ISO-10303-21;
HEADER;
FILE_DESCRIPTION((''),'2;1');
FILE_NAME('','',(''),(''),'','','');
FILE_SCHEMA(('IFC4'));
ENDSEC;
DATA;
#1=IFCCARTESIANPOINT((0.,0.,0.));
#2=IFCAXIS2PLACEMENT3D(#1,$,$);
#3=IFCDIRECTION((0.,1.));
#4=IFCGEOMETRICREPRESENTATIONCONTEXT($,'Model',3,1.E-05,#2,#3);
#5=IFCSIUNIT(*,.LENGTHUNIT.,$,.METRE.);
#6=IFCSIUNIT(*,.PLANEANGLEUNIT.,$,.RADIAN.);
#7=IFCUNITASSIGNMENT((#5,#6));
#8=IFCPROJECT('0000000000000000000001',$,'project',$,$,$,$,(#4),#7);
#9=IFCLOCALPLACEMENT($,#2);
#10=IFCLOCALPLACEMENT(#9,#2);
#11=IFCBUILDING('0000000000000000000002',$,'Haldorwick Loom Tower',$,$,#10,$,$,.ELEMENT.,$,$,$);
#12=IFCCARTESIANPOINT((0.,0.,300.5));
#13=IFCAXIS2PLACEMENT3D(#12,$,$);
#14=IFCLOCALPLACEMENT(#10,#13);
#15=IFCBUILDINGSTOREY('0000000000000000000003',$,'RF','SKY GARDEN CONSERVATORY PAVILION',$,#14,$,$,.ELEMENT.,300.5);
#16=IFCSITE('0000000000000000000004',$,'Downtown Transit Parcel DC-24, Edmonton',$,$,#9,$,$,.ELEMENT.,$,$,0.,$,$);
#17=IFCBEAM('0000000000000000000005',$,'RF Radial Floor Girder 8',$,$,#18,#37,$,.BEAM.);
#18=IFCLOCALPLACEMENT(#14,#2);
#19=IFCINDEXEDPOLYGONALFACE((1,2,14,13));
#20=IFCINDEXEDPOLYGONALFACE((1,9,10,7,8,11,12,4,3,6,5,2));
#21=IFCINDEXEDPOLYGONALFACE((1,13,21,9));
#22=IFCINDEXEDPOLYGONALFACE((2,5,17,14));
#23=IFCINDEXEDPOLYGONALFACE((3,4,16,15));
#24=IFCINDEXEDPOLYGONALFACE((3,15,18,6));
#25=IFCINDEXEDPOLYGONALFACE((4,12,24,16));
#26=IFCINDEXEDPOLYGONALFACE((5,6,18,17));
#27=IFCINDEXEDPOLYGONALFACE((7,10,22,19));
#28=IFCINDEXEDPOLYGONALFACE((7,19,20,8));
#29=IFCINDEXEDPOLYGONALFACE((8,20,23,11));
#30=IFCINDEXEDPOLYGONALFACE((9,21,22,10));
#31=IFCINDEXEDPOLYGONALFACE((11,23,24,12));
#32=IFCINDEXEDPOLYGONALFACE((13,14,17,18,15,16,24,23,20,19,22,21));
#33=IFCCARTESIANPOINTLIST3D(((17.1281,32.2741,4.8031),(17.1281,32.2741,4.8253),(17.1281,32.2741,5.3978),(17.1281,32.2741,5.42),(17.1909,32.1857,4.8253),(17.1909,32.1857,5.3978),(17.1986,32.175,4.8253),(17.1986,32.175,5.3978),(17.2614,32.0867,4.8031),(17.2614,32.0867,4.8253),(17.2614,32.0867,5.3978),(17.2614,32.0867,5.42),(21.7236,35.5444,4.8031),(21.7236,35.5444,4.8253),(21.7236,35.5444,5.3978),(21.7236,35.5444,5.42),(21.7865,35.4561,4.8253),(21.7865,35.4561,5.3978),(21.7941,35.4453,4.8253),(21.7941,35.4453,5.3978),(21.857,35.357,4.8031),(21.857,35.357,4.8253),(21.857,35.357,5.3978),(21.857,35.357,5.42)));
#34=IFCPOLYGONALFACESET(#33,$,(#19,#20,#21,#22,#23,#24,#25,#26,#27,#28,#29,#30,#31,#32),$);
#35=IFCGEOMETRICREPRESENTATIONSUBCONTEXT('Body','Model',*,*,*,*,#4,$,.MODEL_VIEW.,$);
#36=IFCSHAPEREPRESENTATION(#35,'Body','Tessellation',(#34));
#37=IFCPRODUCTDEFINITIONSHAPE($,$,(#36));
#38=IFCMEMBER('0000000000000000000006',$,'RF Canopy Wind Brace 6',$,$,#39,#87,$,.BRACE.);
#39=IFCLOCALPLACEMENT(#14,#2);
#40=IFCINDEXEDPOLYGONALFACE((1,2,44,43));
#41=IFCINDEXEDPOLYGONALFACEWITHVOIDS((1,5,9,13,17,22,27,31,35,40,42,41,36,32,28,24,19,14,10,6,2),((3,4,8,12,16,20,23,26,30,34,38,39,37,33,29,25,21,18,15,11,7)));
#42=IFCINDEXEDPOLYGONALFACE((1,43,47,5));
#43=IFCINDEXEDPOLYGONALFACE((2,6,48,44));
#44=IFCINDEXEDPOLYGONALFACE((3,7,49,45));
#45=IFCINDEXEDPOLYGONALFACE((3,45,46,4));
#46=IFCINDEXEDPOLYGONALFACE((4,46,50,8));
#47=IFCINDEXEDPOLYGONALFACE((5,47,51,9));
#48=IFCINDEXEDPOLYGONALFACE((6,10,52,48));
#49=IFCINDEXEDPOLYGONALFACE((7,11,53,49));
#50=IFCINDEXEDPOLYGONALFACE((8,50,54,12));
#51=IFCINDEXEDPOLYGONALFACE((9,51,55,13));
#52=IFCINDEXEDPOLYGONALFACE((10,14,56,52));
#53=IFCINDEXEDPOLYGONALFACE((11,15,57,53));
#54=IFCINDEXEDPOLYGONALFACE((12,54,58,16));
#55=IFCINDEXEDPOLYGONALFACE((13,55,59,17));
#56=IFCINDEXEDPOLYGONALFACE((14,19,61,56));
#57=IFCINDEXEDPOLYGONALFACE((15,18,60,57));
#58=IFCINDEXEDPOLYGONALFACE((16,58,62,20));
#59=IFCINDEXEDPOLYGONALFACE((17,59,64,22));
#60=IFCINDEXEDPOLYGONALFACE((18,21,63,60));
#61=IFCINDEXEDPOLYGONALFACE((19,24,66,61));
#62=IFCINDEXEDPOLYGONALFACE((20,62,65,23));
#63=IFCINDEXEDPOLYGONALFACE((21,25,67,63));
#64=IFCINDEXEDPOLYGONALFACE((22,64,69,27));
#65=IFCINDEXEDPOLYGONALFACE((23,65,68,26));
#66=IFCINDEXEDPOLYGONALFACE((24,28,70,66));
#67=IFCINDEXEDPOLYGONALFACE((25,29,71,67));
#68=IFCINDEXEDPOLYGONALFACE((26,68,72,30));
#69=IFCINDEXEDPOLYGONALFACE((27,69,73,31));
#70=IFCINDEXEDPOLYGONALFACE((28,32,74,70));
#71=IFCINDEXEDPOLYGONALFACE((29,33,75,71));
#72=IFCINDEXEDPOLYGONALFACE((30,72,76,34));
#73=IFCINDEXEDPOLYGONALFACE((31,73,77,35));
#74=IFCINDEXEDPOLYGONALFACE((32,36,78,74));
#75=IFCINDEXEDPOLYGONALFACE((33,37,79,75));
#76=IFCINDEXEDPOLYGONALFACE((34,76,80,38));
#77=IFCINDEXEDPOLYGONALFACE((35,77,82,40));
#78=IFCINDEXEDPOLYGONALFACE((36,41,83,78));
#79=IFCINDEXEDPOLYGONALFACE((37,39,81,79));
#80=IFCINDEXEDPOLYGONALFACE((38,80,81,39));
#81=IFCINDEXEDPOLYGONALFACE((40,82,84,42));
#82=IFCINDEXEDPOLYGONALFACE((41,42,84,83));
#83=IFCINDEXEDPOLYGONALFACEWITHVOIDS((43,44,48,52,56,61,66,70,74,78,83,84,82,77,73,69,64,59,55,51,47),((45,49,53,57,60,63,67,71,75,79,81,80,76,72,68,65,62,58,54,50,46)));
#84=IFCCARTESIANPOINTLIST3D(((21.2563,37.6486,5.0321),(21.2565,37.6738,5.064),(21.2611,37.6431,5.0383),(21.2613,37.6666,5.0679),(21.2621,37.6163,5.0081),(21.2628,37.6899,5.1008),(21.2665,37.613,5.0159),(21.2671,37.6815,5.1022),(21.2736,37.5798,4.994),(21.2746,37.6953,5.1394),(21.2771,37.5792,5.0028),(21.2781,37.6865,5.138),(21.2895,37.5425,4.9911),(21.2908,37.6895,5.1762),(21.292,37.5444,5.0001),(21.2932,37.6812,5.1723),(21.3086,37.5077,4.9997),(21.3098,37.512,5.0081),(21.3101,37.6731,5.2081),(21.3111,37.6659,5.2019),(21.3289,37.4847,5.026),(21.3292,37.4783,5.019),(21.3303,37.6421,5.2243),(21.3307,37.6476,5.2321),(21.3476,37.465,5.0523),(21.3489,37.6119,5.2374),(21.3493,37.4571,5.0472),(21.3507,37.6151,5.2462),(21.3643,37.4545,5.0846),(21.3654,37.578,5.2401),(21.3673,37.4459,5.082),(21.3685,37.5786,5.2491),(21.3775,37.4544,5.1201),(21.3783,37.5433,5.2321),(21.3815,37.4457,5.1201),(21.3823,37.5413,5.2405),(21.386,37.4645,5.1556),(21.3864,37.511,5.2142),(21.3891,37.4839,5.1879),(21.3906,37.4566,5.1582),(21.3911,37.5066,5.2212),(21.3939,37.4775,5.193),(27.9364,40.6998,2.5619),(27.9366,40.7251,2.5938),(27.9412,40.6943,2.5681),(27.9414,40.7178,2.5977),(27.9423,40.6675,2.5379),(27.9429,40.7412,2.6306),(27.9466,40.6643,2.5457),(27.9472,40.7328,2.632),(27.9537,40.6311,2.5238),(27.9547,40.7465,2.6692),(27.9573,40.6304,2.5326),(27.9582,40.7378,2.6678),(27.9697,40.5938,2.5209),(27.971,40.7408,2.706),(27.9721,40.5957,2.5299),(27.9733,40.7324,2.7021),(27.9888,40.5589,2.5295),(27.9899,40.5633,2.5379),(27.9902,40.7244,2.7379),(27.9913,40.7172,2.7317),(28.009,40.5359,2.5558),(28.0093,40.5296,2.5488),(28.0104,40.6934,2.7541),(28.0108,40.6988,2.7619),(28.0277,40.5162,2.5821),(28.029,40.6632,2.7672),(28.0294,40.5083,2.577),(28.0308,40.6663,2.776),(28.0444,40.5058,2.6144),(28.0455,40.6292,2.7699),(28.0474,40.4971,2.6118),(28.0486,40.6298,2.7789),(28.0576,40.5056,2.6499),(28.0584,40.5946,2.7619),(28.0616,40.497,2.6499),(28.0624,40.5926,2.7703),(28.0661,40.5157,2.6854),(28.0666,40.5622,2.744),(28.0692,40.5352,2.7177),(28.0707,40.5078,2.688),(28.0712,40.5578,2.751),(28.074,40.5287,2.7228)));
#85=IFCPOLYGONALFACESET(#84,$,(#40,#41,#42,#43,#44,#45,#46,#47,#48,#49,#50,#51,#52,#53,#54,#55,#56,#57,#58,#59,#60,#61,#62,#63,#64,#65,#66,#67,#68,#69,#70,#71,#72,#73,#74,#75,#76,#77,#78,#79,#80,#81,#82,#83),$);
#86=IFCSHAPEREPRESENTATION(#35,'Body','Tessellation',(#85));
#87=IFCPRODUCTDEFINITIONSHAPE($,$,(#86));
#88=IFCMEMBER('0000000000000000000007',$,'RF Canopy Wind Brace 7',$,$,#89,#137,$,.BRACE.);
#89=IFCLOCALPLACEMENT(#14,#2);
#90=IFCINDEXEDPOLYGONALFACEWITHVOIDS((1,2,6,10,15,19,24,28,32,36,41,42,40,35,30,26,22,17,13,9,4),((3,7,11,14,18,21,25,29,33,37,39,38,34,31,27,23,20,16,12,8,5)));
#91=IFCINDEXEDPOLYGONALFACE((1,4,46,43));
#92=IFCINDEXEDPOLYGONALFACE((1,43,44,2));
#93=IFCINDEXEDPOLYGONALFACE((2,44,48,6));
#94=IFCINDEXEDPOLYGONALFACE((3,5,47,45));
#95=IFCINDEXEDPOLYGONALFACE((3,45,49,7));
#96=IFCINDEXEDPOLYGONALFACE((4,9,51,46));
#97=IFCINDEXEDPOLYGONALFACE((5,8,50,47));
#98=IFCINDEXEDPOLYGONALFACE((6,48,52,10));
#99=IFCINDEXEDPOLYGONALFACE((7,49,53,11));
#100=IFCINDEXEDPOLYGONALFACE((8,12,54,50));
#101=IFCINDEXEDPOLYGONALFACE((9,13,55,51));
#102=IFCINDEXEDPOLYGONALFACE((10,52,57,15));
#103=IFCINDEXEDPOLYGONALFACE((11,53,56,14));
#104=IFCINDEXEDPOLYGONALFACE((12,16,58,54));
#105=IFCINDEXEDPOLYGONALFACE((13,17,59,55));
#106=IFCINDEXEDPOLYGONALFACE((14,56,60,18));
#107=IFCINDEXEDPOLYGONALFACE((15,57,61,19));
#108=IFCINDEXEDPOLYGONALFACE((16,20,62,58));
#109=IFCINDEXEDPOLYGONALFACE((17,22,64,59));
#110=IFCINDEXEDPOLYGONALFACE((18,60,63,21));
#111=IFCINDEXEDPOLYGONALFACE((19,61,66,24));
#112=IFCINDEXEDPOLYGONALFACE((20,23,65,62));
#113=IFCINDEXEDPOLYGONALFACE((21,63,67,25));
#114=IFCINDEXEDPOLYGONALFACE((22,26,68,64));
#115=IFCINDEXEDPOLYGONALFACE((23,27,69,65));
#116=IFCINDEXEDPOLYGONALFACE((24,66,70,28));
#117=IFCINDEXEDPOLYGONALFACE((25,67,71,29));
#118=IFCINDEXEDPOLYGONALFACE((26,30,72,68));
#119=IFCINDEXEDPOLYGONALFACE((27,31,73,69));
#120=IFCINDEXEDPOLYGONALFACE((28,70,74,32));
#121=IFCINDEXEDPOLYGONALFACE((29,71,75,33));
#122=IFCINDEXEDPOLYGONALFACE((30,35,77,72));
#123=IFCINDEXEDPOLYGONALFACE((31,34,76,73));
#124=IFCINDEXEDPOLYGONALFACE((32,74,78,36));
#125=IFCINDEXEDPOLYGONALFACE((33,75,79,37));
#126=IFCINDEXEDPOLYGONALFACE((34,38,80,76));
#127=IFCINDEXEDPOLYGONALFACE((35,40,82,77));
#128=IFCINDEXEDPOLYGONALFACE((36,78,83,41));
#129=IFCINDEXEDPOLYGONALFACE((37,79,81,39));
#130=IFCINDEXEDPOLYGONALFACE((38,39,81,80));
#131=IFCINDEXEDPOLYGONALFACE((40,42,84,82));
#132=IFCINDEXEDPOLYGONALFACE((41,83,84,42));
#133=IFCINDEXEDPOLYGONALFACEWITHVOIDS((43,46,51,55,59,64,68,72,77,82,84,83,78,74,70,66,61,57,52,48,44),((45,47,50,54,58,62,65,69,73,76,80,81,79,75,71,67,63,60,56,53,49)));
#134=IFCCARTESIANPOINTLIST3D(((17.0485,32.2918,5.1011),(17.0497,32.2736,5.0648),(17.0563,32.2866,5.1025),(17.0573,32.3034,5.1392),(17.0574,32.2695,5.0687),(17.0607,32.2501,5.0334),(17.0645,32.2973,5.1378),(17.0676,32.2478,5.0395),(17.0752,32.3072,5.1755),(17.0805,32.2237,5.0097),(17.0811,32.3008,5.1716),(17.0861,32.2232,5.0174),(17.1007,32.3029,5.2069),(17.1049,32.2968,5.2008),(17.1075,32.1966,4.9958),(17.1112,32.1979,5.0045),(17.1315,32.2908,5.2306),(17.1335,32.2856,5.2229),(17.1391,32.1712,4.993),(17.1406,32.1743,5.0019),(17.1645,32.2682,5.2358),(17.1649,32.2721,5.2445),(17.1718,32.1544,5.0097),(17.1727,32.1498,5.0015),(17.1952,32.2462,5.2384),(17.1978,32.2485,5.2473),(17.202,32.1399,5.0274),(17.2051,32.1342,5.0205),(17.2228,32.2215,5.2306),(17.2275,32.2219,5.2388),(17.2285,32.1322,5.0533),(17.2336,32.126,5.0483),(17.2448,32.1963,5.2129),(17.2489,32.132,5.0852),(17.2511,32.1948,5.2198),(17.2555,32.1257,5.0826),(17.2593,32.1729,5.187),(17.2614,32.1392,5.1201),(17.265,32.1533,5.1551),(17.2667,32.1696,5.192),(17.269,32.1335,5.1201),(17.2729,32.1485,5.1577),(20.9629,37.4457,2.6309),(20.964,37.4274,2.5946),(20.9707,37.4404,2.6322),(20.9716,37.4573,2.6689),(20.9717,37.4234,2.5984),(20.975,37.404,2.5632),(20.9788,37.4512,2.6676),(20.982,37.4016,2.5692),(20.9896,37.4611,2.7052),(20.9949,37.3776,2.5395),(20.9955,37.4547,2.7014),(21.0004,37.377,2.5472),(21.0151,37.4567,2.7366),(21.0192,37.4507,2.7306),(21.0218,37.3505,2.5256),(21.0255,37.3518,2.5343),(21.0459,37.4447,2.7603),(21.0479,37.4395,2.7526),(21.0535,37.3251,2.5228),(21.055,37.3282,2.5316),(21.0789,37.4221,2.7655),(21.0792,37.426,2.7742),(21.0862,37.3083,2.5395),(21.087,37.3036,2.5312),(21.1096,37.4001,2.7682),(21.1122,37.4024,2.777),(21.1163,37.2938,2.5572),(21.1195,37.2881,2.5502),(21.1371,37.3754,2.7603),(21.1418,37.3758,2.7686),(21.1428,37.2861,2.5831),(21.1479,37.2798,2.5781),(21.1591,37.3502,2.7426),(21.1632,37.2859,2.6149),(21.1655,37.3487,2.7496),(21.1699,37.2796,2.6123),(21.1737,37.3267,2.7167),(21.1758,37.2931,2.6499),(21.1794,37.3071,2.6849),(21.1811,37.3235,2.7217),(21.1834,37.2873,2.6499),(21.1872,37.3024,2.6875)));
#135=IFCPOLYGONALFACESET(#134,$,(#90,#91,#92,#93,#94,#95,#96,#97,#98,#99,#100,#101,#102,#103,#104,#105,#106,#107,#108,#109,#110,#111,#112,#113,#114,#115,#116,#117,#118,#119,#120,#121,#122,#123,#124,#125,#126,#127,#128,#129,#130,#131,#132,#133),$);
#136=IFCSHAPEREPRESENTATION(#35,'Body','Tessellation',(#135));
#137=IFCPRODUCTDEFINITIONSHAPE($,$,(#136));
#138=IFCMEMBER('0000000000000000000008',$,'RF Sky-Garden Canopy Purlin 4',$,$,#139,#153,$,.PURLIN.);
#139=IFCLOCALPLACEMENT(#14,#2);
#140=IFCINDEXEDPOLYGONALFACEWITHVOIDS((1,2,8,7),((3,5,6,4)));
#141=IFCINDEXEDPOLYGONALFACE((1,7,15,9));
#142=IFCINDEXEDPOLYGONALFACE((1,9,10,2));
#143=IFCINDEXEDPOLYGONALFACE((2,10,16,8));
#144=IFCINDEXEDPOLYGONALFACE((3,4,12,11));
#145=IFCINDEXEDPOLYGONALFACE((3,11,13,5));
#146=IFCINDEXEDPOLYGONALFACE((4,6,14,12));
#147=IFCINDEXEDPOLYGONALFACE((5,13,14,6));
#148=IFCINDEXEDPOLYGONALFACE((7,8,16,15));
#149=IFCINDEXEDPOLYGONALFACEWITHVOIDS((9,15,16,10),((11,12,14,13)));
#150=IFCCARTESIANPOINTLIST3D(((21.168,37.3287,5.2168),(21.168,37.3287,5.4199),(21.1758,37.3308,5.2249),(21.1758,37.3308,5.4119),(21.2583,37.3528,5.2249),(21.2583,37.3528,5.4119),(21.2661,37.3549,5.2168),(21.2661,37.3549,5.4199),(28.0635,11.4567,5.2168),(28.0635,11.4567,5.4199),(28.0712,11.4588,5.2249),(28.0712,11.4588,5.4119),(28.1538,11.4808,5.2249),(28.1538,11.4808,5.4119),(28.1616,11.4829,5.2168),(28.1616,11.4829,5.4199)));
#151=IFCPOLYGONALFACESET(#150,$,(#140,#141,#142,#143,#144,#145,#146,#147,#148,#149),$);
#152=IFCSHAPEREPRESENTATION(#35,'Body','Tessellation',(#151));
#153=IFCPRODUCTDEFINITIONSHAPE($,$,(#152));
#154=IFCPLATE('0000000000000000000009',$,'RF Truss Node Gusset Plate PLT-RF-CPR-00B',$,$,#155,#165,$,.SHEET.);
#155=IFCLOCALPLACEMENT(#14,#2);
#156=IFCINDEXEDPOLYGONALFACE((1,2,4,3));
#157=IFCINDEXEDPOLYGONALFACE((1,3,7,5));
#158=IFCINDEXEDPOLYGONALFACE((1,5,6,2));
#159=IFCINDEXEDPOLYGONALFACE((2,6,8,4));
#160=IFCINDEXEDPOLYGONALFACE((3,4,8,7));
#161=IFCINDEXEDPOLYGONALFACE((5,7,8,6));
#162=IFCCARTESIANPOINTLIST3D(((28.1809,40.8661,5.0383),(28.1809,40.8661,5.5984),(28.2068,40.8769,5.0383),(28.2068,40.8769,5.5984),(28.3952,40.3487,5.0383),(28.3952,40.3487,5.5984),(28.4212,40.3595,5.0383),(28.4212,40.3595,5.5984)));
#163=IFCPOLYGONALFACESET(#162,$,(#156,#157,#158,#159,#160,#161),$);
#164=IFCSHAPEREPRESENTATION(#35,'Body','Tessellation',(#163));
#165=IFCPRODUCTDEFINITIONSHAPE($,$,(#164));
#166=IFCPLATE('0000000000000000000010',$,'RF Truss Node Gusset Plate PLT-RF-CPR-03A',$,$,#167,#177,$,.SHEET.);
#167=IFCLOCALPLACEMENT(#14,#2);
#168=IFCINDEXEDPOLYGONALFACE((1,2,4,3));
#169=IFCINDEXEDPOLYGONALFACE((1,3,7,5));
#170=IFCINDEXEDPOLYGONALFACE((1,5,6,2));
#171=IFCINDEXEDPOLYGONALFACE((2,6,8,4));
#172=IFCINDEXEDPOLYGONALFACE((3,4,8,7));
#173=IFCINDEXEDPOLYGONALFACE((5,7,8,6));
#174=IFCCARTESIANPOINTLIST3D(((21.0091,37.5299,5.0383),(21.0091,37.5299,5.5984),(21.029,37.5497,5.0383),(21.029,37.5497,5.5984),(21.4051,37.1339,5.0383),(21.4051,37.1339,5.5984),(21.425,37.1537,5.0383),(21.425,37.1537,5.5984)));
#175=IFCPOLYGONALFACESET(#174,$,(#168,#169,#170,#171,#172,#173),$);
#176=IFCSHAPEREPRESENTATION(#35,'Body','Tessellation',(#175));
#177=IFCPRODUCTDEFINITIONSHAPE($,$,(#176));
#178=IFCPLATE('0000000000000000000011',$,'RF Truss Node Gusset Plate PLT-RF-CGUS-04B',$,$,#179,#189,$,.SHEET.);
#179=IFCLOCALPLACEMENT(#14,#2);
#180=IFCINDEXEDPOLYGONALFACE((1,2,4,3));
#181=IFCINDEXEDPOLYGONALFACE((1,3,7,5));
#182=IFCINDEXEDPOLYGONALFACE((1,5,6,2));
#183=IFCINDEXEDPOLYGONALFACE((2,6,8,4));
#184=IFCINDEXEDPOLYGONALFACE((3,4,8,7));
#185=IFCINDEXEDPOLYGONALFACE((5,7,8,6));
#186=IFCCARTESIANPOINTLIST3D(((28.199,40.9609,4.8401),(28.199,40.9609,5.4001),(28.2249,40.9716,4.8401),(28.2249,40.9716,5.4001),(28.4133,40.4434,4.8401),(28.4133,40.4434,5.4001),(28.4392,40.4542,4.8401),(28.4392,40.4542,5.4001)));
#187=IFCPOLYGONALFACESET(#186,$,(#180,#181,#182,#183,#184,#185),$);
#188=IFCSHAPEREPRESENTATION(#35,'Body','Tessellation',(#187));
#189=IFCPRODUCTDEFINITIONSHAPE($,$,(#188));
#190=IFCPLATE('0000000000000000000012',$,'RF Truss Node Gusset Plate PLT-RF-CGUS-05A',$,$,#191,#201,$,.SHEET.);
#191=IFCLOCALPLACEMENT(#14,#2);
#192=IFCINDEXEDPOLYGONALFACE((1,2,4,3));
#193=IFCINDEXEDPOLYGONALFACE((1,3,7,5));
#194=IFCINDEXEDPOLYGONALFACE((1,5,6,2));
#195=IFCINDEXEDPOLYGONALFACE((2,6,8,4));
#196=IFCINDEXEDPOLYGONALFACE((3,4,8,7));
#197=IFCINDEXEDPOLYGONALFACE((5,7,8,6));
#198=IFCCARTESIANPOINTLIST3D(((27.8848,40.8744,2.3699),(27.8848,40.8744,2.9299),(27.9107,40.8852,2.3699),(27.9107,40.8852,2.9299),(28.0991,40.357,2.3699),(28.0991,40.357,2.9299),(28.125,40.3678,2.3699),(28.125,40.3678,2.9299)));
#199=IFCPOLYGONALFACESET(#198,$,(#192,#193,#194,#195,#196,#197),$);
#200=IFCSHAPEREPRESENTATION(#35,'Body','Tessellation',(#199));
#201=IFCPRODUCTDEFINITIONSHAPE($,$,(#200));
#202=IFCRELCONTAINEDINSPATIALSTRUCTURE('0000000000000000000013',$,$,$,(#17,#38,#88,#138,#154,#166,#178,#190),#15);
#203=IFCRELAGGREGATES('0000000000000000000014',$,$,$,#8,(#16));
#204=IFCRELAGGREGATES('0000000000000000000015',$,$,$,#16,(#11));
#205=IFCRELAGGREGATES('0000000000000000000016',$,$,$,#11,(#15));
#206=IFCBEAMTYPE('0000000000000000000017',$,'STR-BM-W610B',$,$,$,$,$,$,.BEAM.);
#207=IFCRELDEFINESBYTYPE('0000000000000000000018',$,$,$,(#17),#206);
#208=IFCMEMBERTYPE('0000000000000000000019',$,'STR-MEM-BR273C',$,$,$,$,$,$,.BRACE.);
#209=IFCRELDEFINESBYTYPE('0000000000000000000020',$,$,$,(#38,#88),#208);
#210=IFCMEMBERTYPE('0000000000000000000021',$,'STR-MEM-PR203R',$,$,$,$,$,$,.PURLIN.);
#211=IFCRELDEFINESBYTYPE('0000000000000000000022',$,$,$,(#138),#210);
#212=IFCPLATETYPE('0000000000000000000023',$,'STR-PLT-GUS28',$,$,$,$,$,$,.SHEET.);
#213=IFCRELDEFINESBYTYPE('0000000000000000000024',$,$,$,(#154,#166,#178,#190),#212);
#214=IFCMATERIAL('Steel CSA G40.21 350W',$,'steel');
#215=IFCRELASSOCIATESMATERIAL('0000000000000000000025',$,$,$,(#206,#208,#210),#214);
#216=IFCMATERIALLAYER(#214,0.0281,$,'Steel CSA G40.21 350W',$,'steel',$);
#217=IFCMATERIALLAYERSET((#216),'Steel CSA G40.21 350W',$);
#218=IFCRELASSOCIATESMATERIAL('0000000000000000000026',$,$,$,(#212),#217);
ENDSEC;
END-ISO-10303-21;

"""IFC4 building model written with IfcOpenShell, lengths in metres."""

from ifc_helpers import new_model, si_unit, direction, frame, origin, origin_2d, place, context, subcontext, project, spatial, rectangle, hollow_rectangle, hollow_circle, i_section, extrude, material, layer, layer_set, material_profile, profile_set, type_object, element, save


model = new_model("IFC4")

# Units and contexts
model_context = context("Model", 3, precision=1e-05, world=origin(), true_north=direction((0.0, 1.0)))
body_context = subcontext(model_context, "Body", "Model", "MODEL_VIEW")
ifc_project = project(units=[si_unit("LENGTHUNIT", "METRE"), si_unit("PLANEANGLEUNIT", "RADIAN")], contexts=[model_context])

# Site, building, storey
site_placement = place(None, origin())
site = spatial("IfcSite", under=ifc_project, at=site_placement, Name="Downtown Transit Parcel DC-24, Edmonton", CompositionType="ELEMENT", RefElevation=0.0)
building_placement = place(site_placement, origin())
building = spatial("IfcBuilding", under=site, at=building_placement, Name="Haldorwick Loom Tower", CompositionType="ELEMENT")
storey_placement = place(building_placement, frame((0.0, 0.0, 300.5)))
storey = spatial("IfcBuildingStorey", under=building, at=storey_placement, Name="RF", Description="SKY GARDEN CONSERVATORY PAVILION", CompositionType="ELEMENT", Elevation=300.5)

# Shared definitions
ifc_material = material(Name="Steel CSA G40.21 350W", Category="steel")

# Beam
ifc_material_profile_1 = material_profile(ifc_material, i_section(OverallWidth=0.23, OverallDepth=0.6169, WebThickness=0.0132, FlangeThickness=0.0222, at=origin_2d()), Name="W610X140", Category="steel")
ifc_profile_set_1 = profile_set([ifc_material_profile_1], Name="Steel CSA G40.21 350W")
beam_type_1 = type_object("IfcBeamType", Name="STR-BM-W610B", PredefinedType="BEAM", material=ifc_profile_set_1)
beam_1_placement = place(storey_placement, frame((21.7903, 35.4507, 5.1116), z_axis=(-0.814756, -0.579804, 0.0), x_axis=(0.579804, -0.814756, 0.0)))
element("IfcBeam", 1, at=beam_1_placement, inside=storey, type_object=beam_type_1, Name="RF Radial Floor Girder 8", PredefinedType="BEAM", context=body_context, shape_type="SweptSolid", body=[
    extrude(i_section(OverallWidth=0.23, OverallDepth=0.6169, WebThickness=0.0132, FlangeThickness=0.0222, at=origin_2d()), origin(), (0.0, 0.0, 1.0), 5.6404),
])

# Members
ifc_material_profile_2 = material_profile(ifc_material, hollow_circle(Radius=0.1365, WallThickness=0.0095, at=origin_2d()), Name="HSS273X10", Category="steel")
ifc_profile_set_2 = profile_set([ifc_material_profile_2], Name="Steel CSA G40.21 350W")
member_type_1 = type_object("IfcMemberType", Name="STR-MEM-BR273C", PredefinedType="BRACE", material=ifc_profile_set_2)
member_1_placement = place(storey_placement, frame((28.0049, 40.6211, 2.6499), z_axis=(-0.862142, -0.393796, 0.318805), x_axis=(0.415475, -0.909604, 0.0)))
element("IfcMember", 2, at=member_1_placement, inside=storey, type_object=member_type_1, Name="RF Canopy Wind Brace 6", PredefinedType="BRACE", context=body_context, shape_type="SweptSolid", body=[
    extrude(hollow_circle(Radius=0.1365, WallThickness=0.0095, at=origin_2d()), origin(), (0.0, 0.0, 1.0), 7.7483),
])
member_2_placement = place(storey_placement, frame((21.0747, 37.3699, 2.6499), z_axis=(-0.565067, -0.744001, 0.356599), x_axis=(0.796355, -0.60483, 0.0)))
element("IfcMember", 3, at=member_2_placement, inside=storey, type_object=member_type_1, Name="RF Canopy Wind Brace 7", PredefinedType="BRACE", context=body_context, shape_type="SweptSolid", body=[
    extrude(hollow_circle(Radius=0.1365, WallThickness=0.0095, at=origin_2d()), origin(), (0.0, 0.0, 1.0), 6.9272),
])
ifc_material_profile_3 = material_profile(ifc_material, hollow_rectangle(XDim=0.1016, YDim=0.2031, WallThickness=0.0081, at=origin_2d()), Name="HSS203X102X8", Category="steel")
ifc_profile_set_3 = profile_set([ifc_material_profile_3], Name="Steel CSA G40.21 350W")
member_type_2 = type_object("IfcMemberType", Name="STR-MEM-PR203R", PredefinedType="PURLIN", material=ifc_profile_set_3)
member_3_placement = place(storey_placement, frame((21.217, 37.3418, 5.3184), z_axis=(0.257533, -0.966269, 0.0), x_axis=(0.966269, 0.257533, 0.0)))
element("IfcMember", 4, at=member_3_placement, inside=storey, type_object=member_type_2, Name="RF Sky-Garden Canopy Purlin 4", PredefinedType="PURLIN", context=body_context, shape_type="SweptSolid", body=[
    extrude(hollow_rectangle(XDim=0.1016, YDim=0.2031, WallThickness=0.0081, at=origin_2d()), origin(), (0.0, 0.0, 1.0), 26.7751),
])

# Plates
ifc_layer = layer(ifc_material, 0.0281, Name="Steel CSA G40.21 350W", Category="steel")
ifc_layer_set = layer_set([ifc_layer], Name="Steel CSA G40.21 350W")
plate_type = type_object("IfcPlateType", Name="STR-PLT-GUS28", PredefinedType="SHEET", material=ifc_layer_set)
for number, where, z_axis, x_axis, name in (
    (5, (28.301, 40.6128, 5.0383), (0.0, 0.0, 1.0), (-0.382683, 0.92388, 0.0), "RF Truss Node Gusset Plate PLT-RF-CPR-00B"),
    (6, (21.217, 37.3418, 5.0383), (0.0, 0.0, 1.0), (-0.707107, 0.707107, 0.0), "RF Truss Node Gusset Plate PLT-RF-CPR-03A"),
    (7, (28.3191, 40.7075, 4.8401), (0.0, 0.0, 1.0), (-0.382683, 0.92388, 0.0), "RF Truss Node Gusset Plate PLT-RF-CGUS-04B"),
    (8, (28.0049, 40.6211, 2.3699), (0.0, 0.0, 1.0), (-0.382683, 0.92388, 0.0), "RF Truss Node Gusset Plate PLT-RF-CGUS-05A"),
):
    element("IfcPlate", number, at=place(storey_placement, frame(where, z_axis=z_axis, x_axis=x_axis)), inside=storey, type_object=plate_type, Name=name, PredefinedType="SHEET", context=body_context, shape_type="SweptSolid", body=[
        extrude(rectangle(XDim=0.5601, YDim=0.0281, at=origin_2d()), origin(), (0.0, 0.0, 1.0), 0.5601),
    ])

save(model, "model.ifc")
